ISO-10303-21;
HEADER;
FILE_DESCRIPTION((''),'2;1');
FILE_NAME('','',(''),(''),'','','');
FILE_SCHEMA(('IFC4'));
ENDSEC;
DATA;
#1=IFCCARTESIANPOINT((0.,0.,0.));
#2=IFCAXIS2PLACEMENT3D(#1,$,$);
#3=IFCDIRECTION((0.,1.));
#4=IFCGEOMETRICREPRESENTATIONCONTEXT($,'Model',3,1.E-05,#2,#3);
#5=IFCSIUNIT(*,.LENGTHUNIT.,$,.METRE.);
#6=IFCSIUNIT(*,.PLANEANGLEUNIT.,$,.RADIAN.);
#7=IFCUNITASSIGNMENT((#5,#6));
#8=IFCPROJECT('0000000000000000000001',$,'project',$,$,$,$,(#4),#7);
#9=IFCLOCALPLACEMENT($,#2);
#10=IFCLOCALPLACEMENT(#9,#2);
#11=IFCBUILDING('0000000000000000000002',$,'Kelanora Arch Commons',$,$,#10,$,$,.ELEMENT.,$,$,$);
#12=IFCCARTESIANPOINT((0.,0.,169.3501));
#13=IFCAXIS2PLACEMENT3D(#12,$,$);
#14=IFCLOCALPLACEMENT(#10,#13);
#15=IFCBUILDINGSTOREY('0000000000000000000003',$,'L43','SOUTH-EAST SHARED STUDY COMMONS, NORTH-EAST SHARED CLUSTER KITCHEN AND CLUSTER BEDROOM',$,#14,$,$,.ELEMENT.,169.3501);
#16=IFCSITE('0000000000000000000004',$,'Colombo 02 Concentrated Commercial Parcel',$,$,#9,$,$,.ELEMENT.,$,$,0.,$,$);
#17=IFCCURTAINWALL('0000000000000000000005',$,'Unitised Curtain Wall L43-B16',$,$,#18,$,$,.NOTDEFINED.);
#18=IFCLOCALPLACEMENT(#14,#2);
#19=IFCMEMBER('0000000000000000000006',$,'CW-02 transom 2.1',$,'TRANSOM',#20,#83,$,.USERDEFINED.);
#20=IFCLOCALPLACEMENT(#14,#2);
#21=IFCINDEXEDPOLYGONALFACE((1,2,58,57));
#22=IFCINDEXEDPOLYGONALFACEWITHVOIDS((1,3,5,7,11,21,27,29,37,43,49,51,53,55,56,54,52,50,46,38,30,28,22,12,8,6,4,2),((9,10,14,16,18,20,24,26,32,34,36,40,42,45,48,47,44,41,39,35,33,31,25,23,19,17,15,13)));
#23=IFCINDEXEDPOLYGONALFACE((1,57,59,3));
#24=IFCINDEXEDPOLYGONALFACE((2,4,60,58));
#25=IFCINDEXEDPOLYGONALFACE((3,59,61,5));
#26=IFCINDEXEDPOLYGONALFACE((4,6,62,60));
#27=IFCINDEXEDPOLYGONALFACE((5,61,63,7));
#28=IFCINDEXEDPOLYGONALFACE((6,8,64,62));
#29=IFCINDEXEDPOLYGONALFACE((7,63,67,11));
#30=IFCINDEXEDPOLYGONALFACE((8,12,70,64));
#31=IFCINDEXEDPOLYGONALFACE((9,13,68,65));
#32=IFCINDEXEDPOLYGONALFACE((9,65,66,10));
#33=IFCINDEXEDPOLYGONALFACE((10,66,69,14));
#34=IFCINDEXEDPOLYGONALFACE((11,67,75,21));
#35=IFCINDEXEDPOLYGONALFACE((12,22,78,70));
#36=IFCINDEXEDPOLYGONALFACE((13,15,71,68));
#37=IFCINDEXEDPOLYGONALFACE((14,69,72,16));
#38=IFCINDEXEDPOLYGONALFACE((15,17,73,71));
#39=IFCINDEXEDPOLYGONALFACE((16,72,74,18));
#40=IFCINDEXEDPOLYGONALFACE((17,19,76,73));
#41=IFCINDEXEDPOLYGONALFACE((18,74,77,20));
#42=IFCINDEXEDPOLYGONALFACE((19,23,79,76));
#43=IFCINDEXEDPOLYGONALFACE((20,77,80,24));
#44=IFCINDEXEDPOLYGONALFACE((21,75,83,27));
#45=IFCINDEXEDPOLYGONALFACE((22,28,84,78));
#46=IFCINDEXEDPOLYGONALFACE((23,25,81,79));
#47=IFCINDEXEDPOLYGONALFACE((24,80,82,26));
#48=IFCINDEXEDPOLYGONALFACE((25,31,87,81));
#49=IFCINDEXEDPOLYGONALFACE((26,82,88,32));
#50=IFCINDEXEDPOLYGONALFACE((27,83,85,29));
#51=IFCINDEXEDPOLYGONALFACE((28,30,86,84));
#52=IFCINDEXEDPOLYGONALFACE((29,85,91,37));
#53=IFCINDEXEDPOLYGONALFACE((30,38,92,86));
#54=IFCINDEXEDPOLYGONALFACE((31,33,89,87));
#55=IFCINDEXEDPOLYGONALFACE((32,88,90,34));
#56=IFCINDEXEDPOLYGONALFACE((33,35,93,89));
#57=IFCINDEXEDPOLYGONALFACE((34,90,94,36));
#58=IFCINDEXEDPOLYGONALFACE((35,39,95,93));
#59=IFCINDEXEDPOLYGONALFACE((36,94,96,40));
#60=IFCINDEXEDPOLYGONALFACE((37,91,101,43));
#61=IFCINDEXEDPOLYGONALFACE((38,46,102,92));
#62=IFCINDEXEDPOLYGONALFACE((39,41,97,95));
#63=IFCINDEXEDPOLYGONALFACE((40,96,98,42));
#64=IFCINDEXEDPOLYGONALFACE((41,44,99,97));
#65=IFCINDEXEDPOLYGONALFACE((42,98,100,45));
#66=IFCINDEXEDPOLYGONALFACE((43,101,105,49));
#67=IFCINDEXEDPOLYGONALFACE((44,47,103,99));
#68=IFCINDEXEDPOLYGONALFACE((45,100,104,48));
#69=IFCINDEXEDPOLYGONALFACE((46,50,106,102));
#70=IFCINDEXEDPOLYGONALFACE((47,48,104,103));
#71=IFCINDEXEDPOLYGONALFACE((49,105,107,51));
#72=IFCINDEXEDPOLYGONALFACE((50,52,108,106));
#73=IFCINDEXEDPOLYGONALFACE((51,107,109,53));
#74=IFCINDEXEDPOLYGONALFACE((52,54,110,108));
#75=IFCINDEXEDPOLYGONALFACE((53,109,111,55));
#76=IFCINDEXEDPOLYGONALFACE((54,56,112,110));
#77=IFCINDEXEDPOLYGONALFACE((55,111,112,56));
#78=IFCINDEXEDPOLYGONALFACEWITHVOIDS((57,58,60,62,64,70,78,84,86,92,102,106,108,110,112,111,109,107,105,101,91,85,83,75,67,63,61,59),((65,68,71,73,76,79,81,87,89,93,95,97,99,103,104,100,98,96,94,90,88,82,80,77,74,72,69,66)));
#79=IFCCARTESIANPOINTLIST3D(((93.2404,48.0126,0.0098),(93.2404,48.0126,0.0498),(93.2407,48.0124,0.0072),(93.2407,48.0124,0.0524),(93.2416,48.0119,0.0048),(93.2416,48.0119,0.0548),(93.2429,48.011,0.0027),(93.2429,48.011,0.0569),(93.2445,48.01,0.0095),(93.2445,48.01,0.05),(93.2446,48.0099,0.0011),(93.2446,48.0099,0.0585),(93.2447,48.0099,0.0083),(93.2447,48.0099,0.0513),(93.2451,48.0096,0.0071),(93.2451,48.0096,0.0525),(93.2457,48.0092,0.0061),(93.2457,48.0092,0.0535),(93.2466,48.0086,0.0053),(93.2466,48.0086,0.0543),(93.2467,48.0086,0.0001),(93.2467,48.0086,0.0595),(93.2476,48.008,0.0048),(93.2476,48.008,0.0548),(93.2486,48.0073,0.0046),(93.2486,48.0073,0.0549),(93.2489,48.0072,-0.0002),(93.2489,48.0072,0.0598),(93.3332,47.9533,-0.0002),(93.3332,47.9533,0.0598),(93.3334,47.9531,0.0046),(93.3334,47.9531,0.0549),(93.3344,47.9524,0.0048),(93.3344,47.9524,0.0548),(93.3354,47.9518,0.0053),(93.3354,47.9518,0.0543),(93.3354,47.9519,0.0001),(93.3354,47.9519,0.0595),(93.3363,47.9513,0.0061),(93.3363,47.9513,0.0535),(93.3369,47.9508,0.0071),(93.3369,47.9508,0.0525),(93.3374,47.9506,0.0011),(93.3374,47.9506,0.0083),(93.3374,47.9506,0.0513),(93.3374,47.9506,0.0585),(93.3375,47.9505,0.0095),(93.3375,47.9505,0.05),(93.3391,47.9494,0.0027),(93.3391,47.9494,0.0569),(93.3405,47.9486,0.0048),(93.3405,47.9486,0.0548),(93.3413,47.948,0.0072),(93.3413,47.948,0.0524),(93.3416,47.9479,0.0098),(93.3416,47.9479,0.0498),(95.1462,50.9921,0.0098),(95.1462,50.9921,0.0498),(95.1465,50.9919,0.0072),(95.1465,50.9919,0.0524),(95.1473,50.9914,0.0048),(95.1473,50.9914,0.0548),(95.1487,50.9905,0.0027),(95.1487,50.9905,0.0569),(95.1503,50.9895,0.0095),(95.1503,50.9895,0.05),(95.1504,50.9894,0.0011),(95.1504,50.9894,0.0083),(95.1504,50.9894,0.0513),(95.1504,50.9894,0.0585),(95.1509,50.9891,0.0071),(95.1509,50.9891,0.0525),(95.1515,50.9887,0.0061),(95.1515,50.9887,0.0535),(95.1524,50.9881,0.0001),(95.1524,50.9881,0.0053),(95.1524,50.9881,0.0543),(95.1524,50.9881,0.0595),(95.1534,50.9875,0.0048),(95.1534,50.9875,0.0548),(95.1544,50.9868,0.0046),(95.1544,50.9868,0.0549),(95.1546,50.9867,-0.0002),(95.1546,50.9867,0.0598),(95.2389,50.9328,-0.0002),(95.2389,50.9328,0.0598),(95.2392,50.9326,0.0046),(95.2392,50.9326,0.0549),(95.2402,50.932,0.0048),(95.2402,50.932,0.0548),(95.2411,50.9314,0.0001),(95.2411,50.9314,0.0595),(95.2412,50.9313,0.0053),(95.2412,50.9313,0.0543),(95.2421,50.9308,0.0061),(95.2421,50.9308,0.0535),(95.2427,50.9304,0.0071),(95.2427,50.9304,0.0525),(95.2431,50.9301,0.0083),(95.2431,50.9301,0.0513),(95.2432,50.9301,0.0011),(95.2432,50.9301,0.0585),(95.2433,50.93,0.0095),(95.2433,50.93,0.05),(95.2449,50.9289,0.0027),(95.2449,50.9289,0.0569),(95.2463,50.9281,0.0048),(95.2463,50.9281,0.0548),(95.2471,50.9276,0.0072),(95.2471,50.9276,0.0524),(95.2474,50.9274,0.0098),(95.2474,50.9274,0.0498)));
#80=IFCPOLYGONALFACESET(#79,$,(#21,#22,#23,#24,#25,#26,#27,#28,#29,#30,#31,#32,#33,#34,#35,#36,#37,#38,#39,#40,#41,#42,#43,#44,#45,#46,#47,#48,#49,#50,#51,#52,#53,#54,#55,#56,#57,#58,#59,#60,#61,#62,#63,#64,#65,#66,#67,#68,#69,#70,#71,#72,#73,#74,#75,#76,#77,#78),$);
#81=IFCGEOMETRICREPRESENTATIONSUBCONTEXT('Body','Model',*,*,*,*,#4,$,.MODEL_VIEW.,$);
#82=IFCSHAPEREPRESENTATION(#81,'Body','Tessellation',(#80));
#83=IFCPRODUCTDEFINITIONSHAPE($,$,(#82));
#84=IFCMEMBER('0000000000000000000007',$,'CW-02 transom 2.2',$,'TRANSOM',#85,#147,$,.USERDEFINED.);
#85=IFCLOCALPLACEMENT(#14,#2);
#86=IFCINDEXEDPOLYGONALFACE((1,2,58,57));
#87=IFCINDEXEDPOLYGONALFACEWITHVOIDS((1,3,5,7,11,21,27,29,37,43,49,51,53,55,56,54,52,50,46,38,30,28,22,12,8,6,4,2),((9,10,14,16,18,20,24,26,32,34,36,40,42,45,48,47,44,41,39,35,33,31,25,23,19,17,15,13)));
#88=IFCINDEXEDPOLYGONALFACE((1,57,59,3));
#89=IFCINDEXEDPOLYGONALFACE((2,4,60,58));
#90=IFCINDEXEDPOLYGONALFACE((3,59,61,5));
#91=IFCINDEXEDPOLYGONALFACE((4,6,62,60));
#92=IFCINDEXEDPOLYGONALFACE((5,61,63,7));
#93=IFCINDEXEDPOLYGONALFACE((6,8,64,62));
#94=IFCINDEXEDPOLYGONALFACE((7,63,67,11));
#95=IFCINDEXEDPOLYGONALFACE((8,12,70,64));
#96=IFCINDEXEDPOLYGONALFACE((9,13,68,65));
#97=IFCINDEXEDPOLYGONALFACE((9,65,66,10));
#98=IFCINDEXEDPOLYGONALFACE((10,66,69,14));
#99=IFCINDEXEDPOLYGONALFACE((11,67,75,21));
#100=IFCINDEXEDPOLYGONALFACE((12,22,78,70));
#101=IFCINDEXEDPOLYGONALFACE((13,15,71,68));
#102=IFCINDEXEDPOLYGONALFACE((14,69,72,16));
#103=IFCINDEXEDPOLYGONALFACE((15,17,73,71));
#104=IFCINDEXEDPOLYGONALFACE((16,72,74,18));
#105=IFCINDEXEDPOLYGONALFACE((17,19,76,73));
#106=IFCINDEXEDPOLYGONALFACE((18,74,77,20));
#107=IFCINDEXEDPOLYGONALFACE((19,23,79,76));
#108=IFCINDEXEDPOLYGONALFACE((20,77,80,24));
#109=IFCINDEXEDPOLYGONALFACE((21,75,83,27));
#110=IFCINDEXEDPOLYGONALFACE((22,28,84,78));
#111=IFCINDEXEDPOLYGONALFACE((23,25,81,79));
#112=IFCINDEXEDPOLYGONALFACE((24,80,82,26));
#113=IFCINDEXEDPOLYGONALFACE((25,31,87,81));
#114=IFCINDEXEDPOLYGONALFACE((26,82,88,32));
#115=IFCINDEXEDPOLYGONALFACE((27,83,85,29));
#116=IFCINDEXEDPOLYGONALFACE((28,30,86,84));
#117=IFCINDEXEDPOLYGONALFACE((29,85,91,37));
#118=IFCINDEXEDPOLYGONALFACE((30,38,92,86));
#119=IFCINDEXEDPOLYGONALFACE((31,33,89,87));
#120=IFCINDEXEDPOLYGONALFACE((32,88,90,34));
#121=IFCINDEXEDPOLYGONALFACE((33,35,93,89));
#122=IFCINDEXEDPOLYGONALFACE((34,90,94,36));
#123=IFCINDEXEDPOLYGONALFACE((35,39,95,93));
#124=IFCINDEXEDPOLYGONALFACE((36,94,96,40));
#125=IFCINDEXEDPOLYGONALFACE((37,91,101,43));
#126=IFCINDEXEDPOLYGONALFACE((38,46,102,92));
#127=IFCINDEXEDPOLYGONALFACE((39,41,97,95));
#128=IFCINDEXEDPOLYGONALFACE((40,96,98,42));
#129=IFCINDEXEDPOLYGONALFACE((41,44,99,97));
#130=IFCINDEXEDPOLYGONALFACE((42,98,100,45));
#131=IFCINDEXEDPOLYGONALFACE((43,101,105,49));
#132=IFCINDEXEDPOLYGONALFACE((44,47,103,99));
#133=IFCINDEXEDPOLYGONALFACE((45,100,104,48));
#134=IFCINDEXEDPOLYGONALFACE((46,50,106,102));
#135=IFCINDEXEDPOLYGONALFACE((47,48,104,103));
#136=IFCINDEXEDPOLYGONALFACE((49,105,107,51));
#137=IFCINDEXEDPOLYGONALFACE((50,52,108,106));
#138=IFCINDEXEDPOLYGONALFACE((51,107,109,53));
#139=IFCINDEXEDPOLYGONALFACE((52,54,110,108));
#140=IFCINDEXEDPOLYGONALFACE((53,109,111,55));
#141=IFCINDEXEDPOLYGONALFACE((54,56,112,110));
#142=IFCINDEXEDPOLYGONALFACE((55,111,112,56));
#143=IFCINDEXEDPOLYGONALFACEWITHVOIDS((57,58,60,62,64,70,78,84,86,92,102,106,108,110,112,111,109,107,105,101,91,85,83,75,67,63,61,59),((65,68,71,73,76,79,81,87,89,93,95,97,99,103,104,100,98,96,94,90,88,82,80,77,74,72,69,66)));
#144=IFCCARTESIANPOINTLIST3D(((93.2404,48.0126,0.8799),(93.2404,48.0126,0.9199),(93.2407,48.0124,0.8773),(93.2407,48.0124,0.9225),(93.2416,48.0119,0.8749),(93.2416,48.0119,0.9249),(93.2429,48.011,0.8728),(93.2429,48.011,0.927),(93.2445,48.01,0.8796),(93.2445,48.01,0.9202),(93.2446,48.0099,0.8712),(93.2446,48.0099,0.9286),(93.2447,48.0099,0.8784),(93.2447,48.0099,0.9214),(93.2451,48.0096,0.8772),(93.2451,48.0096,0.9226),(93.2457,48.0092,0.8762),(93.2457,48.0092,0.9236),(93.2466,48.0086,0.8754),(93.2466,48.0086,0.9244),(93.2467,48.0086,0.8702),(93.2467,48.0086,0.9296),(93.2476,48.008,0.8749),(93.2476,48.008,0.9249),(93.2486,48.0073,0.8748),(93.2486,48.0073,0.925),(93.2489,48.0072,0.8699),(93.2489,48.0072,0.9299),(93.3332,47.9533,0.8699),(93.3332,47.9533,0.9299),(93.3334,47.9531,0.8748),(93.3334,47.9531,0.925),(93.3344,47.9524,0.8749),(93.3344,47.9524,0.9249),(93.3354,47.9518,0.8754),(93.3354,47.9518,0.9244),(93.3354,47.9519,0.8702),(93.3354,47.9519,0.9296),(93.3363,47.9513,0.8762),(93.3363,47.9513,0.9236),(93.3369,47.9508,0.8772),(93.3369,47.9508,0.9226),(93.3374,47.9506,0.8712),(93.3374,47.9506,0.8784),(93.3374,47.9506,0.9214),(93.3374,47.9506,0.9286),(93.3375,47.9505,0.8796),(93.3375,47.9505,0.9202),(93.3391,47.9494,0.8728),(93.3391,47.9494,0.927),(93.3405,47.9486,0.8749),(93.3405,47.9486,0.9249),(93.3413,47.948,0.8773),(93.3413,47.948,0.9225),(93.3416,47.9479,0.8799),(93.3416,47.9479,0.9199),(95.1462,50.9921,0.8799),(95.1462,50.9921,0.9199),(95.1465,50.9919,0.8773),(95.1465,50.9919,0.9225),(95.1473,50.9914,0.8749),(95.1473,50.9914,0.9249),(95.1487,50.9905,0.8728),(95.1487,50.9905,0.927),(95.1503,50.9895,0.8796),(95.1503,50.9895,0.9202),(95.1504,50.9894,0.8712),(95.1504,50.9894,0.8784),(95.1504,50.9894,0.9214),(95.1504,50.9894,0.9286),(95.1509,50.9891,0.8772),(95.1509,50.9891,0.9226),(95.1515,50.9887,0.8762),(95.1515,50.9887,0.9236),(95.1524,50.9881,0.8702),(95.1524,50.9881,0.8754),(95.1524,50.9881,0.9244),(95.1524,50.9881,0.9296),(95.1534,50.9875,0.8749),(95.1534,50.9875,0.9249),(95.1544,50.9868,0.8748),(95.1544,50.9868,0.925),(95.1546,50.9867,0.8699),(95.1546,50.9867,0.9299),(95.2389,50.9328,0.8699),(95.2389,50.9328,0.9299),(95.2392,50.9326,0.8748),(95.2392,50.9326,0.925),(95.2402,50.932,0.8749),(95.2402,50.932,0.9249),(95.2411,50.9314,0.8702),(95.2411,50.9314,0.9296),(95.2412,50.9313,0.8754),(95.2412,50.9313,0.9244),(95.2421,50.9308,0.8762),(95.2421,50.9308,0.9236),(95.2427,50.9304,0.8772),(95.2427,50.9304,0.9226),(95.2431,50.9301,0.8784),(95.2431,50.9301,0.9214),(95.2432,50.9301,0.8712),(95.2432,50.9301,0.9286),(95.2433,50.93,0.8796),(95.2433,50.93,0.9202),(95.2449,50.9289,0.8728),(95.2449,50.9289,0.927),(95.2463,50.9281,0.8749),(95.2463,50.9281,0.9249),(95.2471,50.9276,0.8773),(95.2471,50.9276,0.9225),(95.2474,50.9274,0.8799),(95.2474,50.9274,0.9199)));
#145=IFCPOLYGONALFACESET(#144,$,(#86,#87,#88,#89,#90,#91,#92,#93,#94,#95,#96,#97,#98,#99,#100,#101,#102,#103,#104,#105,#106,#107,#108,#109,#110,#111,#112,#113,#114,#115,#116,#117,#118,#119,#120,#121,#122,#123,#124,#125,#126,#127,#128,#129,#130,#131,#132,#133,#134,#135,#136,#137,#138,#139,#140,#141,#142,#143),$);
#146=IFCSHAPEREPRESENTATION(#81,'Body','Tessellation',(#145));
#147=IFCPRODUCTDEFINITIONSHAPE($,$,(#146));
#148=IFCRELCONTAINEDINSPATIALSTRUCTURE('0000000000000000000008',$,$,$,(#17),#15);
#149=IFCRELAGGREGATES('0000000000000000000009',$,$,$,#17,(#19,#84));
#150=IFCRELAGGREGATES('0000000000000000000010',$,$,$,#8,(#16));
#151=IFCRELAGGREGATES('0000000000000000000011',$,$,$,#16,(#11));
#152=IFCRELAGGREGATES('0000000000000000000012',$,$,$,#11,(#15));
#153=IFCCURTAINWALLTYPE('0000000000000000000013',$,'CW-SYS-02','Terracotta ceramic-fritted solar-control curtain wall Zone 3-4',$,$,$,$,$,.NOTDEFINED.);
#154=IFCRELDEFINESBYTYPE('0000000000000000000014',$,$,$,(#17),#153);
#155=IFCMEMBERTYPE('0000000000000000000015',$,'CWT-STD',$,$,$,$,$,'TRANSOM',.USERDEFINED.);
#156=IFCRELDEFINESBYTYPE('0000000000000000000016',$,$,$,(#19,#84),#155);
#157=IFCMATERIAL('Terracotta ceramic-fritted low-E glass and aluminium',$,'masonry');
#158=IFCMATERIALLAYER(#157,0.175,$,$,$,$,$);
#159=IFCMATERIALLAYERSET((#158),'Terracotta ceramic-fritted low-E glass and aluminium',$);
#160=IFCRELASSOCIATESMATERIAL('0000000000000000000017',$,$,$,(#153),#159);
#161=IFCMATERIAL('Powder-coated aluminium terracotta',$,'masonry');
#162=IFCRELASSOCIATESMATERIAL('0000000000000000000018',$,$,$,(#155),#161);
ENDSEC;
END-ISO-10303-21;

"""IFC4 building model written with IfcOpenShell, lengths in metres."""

from ifc_helpers import new_model, si_unit, direction, frame, origin, origin_2d, place, context, subcontext, project, spatial, hollow_rectangle, extrude, material, layer, layer_set, material_profile, profile_set, type_object, element, aggregate, save


model = new_model("IFC4")

# Units and contexts
model_context = context("Model", 3, precision=1e-05, world=origin(), true_north=direction((0.0, 1.0)))
body_context = subcontext(model_context, "Body", "Model", "MODEL_VIEW")
ifc_project = project(units=[si_unit("LENGTHUNIT", "METRE"), si_unit("PLANEANGLEUNIT", "RADIAN")], contexts=[model_context])

# Site, building, storey
site_placement = place(None, origin())
site = spatial("IfcSite", under=ifc_project, at=site_placement, Name="Colombo 02 Concentrated Commercial Parcel", CompositionType="ELEMENT", RefElevation=0.0)
building_placement = place(site_placement, origin())
building = spatial("IfcBuilding", under=site, at=building_placement, Name="Kelanora Arch Commons", CompositionType="ELEMENT")
storey_placement = place(building_placement, frame((0.0, 0.0, 169.3501)))
storey = spatial("IfcBuildingStorey", under=building, at=storey_placement, Name="L43", Description="SOUTH-EAST SHARED STUDY COMMONS, NORTH-EAST SHARED CLUSTER KITCHEN AND CLUSTER BEDROOM", CompositionType="ELEMENT", Elevation=169.3501)

# Curtain wall, members
ifc_material_1 = material(Name="Terracotta ceramic-fritted low-E glass and aluminium", Category="masonry")
ifc_layer_1 = layer(ifc_material_1, 0.175)
ifc_layer_set_1 = layer_set([ifc_layer_1], Name="Terracotta ceramic-fritted low-E glass and aluminium")
curtain_wall_type = type_object("IfcCurtainWallType", Name="CW-SYS-02", Description="Terracotta ceramic-fritted solar-control curtain wall Zone 3-4", PredefinedType="NOTDEFINED", material=ifc_layer_set_1)
curtain_wall_placement = place(storey_placement, origin())
curtain_wall = element("IfcCurtainWall", 1, at=curtain_wall_placement, inside=storey, type_object=curtain_wall_type, Name="Unitised Curtain Wall L43-B16", PredefinedType="NOTDEFINED")
ifc_material_2 = material(Name="Powder-coated aluminium terracotta", Category="masonry")
ifc_material_profile_1 = material_profile(ifc_material_2, hollow_rectangle(XDim=0.1201, YDim=0.0601, WallThickness=0.0049, InnerFilletRadius=0.0049, OuterFilletRadius=0.01, at=origin_2d()), Name="CWT120x60")
ifc_profile_set_1 = profile_set([ifc_material_profile_1], Name="Powder-coated aluminium terracotta")
member_type_1 = type_object("IfcMemberType", Name="CWT-STD", ElementType="TRANSOM", PredefinedType="USERDEFINED", material=ifc_profile_set_1)
member_1_placement = place(storey_placement, frame((93.291, 47.9802, 0.0298), z_axis=(0.53883, 0.842414, 0.0), x_axis=(-0.842414, 0.53883, 0.0)))
member_1 = element("IfcMember", 2, at=member_1_placement, type_object=member_type_1, Name="CW-02 transom 2.1", ObjectType="TRANSOM", PredefinedType="USERDEFINED", context=body_context, shape_type="SweptSolid", body=[
    extrude(hollow_rectangle(XDim=0.1201, YDim=0.0601, WallThickness=0.0049, InnerFilletRadius=0.0049, OuterFilletRadius=0.01, at=origin_2d()), origin(), (0.0, 0.0, 1.0), 3.5369),
])
member_2_placement = place(storey_placement, frame((93.291, 47.9802, 0.8999), z_axis=(0.53883, 0.842414, 0.0), x_axis=(-0.842414, 0.53883, 0.0)))
member_2 = element("IfcMember", 3, at=member_2_placement, type_object=member_type_1, Name="CW-02 transom 2.2", ObjectType="TRANSOM", PredefinedType="USERDEFINED", context=body_context, shape_type="SweptSolid", body=[
    extrude(hollow_rectangle(XDim=0.1201, YDim=0.0601, WallThickness=0.0049, InnerFilletRadius=0.0049, OuterFilletRadius=0.01, at=origin_2d()), origin(), (0.0, 0.0, 1.0), 3.5369),
])
aggregate(curtain_wall, [member_1, member_2])

save(model, "model.ifc")
